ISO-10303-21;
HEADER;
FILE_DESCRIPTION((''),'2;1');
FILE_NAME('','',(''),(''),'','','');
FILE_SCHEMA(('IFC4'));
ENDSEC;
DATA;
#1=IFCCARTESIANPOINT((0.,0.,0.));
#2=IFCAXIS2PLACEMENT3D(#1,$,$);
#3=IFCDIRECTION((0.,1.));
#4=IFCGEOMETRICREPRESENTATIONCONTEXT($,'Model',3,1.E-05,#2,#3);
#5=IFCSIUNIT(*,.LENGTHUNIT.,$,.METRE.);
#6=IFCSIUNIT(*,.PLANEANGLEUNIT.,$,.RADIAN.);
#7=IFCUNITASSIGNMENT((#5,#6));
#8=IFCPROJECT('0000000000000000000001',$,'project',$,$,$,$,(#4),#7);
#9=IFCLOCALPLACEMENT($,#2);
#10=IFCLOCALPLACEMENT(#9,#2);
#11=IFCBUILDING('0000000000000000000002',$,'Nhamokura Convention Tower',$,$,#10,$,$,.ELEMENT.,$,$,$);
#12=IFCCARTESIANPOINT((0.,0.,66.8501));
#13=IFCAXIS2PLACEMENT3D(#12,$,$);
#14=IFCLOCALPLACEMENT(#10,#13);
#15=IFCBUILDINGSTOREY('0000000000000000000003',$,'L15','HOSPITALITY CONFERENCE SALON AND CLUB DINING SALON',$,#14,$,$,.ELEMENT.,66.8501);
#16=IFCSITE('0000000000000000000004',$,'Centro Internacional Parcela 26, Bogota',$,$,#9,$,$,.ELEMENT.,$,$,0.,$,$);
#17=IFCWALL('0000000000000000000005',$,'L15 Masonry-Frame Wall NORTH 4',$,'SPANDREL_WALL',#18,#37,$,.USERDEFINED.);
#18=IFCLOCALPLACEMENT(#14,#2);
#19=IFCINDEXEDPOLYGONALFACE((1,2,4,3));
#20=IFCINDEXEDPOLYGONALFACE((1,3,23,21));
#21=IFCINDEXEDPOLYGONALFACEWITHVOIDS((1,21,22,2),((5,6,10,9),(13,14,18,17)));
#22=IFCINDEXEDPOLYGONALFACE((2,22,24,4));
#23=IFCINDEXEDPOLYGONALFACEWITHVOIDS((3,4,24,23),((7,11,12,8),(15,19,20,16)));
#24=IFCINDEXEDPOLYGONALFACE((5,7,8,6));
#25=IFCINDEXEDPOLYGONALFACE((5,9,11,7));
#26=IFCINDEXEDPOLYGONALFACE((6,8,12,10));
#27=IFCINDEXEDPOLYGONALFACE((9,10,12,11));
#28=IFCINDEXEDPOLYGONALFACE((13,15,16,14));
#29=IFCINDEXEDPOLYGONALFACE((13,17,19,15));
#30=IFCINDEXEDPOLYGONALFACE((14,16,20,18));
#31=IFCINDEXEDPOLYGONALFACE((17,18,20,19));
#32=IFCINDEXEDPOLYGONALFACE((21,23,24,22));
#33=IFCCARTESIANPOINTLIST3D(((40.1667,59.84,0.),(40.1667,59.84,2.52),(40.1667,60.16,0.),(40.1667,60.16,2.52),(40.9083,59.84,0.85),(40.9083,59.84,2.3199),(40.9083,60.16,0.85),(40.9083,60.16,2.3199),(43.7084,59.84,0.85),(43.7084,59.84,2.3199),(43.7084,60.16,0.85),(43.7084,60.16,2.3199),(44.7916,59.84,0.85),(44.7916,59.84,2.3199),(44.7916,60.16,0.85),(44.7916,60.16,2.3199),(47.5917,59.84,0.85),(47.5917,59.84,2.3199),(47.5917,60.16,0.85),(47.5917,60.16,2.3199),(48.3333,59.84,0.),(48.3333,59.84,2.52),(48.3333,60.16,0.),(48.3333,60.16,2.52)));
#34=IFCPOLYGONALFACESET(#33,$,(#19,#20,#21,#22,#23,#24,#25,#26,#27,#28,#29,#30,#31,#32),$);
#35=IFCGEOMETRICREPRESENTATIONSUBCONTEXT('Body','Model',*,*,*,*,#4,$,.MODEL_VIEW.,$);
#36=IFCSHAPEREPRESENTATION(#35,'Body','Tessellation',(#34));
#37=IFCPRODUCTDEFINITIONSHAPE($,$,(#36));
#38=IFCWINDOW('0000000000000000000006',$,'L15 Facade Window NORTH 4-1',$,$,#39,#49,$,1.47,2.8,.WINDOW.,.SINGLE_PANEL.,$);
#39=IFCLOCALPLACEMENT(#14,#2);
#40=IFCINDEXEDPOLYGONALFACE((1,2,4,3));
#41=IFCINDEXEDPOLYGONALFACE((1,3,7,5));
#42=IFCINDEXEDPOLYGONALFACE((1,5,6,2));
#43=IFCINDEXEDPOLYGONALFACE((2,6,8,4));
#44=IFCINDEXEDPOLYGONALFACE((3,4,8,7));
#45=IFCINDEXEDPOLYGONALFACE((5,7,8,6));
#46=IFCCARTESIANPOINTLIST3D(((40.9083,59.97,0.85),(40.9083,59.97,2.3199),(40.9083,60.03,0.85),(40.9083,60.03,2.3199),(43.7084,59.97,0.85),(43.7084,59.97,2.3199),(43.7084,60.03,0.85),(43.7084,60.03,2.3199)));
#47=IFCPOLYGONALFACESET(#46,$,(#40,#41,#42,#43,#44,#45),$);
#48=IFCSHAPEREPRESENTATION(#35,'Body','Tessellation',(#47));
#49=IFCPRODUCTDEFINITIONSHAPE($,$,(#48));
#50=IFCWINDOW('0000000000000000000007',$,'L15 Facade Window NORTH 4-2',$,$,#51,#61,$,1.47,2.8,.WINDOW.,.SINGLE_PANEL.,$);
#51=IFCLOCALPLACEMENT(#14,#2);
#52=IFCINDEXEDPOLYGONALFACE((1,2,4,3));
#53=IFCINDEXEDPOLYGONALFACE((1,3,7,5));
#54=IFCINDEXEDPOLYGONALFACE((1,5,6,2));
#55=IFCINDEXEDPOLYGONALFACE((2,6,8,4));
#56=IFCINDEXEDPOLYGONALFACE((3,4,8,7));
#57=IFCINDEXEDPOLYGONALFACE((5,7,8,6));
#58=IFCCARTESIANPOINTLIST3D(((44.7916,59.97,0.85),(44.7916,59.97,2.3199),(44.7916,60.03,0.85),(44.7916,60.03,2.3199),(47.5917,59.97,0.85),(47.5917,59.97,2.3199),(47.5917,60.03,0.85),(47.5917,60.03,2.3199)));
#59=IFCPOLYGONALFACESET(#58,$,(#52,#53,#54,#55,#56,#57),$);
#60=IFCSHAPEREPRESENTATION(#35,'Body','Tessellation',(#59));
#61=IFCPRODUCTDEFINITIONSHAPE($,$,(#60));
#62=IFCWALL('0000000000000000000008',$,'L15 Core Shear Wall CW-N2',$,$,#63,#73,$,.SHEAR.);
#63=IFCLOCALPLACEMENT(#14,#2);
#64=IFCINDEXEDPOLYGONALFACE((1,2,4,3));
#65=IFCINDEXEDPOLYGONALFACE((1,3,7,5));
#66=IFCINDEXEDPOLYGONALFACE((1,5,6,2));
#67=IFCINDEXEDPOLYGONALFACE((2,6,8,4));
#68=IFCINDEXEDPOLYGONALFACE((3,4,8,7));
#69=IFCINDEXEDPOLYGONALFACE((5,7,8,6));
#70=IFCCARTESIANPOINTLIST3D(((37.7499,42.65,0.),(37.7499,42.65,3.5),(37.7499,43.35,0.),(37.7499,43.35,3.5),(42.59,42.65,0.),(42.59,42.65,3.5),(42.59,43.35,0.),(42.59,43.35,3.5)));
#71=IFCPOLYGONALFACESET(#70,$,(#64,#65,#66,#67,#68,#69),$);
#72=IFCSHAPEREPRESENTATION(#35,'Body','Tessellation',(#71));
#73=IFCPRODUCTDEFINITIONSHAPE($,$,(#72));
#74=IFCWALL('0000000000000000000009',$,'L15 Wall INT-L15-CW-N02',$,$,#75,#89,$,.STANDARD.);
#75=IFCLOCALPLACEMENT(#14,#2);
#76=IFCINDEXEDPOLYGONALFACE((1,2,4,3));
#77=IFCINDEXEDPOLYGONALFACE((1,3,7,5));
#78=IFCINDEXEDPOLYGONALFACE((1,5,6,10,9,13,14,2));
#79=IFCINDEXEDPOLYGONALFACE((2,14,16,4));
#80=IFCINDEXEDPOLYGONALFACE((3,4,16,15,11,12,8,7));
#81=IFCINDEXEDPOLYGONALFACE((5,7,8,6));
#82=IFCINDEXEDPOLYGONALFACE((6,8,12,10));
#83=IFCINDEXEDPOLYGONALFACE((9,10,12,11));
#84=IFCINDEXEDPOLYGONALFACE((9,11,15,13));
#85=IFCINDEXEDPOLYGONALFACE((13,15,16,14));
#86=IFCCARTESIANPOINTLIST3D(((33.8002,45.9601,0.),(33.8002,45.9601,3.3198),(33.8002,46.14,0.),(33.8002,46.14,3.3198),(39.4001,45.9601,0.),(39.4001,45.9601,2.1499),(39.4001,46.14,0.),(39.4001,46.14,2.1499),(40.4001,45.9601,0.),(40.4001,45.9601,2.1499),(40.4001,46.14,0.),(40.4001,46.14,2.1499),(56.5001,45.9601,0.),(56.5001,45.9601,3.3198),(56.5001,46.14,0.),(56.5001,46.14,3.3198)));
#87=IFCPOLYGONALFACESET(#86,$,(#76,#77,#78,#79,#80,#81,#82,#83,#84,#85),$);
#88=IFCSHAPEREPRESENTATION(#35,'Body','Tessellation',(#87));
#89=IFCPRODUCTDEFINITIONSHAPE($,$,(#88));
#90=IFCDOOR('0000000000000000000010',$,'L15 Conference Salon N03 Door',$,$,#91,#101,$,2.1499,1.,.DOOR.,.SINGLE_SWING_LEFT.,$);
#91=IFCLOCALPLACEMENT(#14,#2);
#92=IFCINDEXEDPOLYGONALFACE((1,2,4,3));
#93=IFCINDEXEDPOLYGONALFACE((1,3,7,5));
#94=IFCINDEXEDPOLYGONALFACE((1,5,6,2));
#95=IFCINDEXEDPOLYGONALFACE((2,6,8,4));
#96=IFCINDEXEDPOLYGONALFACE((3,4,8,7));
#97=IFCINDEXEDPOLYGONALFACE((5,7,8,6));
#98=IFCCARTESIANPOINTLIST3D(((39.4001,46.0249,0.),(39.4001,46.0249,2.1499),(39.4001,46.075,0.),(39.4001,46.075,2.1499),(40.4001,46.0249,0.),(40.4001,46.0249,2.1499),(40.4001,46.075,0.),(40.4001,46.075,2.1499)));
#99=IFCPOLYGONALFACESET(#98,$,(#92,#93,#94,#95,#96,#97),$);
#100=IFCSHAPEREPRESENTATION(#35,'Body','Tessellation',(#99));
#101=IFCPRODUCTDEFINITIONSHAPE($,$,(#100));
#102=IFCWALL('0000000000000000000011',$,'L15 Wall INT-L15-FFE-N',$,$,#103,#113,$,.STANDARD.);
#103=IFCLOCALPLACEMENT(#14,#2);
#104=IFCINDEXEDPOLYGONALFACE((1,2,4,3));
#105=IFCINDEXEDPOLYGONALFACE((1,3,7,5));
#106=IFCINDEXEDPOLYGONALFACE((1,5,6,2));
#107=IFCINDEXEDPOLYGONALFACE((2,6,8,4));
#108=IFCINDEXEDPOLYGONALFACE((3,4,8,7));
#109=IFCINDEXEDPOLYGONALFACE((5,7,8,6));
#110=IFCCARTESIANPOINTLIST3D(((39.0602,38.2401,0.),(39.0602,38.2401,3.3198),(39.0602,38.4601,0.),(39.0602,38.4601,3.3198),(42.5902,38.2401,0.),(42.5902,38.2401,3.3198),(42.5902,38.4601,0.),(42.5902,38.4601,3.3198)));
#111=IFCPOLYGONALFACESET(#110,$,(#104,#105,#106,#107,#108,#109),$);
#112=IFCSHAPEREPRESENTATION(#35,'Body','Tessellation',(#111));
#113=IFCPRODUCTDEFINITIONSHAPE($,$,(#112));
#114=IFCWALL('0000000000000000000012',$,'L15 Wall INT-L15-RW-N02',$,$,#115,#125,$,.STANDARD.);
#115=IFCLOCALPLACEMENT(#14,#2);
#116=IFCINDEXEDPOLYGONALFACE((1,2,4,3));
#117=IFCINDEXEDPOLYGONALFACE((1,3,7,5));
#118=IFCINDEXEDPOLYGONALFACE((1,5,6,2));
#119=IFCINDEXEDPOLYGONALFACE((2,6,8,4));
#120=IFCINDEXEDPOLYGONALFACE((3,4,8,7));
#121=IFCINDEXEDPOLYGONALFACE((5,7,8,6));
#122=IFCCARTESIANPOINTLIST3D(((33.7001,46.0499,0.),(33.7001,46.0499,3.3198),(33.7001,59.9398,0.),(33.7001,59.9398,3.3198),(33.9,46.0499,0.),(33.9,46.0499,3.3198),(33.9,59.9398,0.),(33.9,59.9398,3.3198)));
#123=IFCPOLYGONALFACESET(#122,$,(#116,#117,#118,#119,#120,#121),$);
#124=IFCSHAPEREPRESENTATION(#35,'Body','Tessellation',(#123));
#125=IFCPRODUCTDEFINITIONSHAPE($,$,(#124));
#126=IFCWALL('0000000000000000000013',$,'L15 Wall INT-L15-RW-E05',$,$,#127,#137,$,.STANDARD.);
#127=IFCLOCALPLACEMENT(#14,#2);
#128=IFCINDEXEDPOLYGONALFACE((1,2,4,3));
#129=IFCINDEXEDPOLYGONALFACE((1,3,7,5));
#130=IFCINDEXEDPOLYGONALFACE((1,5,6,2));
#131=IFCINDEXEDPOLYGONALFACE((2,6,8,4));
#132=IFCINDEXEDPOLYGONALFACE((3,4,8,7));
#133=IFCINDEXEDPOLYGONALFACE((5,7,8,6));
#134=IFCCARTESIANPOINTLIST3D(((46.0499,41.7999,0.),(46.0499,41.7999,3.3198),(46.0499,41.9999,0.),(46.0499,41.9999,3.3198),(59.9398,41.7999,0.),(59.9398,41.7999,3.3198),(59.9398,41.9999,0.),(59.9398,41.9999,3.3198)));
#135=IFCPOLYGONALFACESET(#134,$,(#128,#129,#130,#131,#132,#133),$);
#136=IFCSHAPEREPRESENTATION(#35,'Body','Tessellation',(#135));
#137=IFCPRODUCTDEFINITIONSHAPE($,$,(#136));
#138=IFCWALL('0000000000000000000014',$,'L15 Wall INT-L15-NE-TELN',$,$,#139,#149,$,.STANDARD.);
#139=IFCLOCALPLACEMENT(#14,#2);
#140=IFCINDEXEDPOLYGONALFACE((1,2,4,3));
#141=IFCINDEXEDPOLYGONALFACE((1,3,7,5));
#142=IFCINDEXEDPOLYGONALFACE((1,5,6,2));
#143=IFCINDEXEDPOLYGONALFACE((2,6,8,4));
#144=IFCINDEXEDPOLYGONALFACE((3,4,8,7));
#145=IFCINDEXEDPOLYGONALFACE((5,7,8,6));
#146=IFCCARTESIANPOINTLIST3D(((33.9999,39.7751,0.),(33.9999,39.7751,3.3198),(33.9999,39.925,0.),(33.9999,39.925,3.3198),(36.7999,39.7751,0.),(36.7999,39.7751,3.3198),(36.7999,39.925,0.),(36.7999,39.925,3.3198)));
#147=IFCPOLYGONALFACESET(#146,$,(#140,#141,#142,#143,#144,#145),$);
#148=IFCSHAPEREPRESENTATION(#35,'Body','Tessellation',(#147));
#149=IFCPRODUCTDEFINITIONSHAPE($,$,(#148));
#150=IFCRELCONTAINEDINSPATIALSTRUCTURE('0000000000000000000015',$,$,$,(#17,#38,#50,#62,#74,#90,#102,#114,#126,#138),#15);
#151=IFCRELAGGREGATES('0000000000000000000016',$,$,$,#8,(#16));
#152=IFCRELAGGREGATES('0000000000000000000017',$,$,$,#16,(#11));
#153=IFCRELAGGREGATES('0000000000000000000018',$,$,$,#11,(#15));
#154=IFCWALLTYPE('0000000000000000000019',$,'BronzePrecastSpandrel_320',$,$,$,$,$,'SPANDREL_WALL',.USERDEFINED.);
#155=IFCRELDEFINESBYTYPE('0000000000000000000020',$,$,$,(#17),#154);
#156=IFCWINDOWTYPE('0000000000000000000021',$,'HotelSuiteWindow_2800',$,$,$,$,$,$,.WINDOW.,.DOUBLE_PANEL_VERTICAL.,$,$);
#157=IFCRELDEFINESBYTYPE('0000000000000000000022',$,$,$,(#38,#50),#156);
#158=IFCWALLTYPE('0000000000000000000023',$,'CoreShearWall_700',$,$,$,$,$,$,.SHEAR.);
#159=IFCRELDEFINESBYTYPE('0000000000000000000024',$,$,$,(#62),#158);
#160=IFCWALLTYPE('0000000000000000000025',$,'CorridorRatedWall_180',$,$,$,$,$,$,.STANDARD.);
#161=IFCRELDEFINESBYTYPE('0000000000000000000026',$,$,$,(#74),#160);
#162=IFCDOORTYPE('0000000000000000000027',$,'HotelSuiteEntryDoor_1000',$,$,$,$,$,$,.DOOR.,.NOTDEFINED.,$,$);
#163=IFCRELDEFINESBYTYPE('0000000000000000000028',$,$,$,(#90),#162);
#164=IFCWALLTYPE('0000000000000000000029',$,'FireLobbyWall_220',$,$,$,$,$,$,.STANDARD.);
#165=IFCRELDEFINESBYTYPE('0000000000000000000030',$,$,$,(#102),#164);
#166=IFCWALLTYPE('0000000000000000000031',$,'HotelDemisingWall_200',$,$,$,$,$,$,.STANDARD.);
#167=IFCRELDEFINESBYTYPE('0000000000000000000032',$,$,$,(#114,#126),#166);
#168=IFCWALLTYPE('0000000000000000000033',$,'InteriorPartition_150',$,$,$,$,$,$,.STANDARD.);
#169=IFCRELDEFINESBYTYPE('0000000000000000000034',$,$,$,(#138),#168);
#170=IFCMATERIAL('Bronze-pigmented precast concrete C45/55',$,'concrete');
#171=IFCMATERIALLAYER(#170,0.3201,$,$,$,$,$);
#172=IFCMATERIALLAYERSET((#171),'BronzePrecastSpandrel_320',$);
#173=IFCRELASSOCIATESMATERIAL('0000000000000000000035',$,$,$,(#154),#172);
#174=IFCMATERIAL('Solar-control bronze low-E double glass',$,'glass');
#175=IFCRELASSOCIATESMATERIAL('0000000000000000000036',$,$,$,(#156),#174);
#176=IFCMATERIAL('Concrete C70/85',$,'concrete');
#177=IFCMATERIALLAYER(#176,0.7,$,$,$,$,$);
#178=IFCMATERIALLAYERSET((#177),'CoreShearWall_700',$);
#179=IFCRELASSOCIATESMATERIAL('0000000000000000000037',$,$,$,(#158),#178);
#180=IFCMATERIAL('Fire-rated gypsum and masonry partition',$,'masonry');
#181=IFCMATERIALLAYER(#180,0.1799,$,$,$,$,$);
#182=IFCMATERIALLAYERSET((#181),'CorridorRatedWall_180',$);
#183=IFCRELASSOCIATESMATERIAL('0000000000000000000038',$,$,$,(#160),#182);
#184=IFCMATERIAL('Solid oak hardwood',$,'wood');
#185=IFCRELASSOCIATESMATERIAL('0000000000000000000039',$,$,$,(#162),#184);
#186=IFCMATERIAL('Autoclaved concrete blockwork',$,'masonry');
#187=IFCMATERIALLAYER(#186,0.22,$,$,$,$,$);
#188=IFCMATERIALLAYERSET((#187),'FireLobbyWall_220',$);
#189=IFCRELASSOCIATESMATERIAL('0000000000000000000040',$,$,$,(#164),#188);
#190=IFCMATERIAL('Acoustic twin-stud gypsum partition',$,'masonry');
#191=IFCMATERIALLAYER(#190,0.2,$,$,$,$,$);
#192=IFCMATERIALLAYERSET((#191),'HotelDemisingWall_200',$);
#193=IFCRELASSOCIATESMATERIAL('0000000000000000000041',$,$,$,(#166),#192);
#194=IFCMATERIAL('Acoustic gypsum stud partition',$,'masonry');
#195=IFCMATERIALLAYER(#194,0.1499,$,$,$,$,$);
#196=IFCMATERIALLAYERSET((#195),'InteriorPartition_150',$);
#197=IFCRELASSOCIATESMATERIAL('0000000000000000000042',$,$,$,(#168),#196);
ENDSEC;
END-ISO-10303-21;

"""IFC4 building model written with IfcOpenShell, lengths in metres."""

from ifc_helpers import new_model, si_unit, direction, frame, frame_2d, origin, place, context, subcontext, project, spatial, rectangle, extrude, material, layer, layer_set, type_object, element, fill, save


model = new_model("IFC4")

# Units and contexts
model_context = context("Model", 3, precision=1e-05, world=origin(), true_north=direction((0.0, 1.0)))
body_context = subcontext(model_context, "Body", "Model", "MODEL_VIEW")
ifc_project = project(units=[si_unit("LENGTHUNIT", "METRE"), si_unit("PLANEANGLEUNIT", "RADIAN")], contexts=[model_context])

# Site, building, storey
site_placement = place(None, origin())
site = spatial("IfcSite", under=ifc_project, at=site_placement, Name="Centro Internacional Parcela 26, Bogota", CompositionType="ELEMENT", RefElevation=0.0)
building_placement = place(site_placement, origin())
building = spatial("IfcBuilding", under=site, at=building_placement, Name="Nhamokura Convention Tower", CompositionType="ELEMENT")
storey_placement = place(building_placement, frame((0.0, 0.0, 66.8501)))
storey = spatial("IfcBuildingStorey", under=building, at=storey_placement, Name="L15", Description="HOSPITALITY CONFERENCE SALON AND CLUB DINING SALON", CompositionType="ELEMENT", Elevation=66.8501)

# Wall, openings, windows
ifc_material_1 = material(Name="Bronze-pigmented precast concrete C45/55", Category="concrete")
ifc_layer_1 = layer(ifc_material_1, 0.3201)
ifc_layer_set_1 = layer_set([ifc_layer_1], Name="BronzePrecastSpandrel_320")
wall_type_1 = type_object("IfcWallType", Name="BronzePrecastSpandrel_320", ElementType="SPANDREL_WALL", PredefinedType="USERDEFINED", material=ifc_layer_set_1)
wall_1_placement = place(storey_placement, frame((40.1667, 60.0, 0.0), z_axis=(0.0, 0.0, 1.0), x_axis=(1.0, 0.0, 0.0)))
wall_1 = element("IfcWall", 1, at=wall_1_placement, inside=storey, type_object=wall_type_1, Name="L15 Masonry-Frame Wall NORTH 4", ObjectType="SPANDREL_WALL", PredefinedType="USERDEFINED", context=body_context, shape_type="SweptSolid", body=[
    extrude(rectangle(XDim=8.1665, YDim=0.3201, at=frame_2d((4.0833, 0.0))), origin(), (0.0, 0.0, 1.0), 2.52),
])
opening_1_placement = place(wall_1_placement, frame((0.7417, 0.0, 0.8501)))
opening_1 = element("IfcOpeningElement", 2, at=opening_1_placement, cuts=wall_1, PredefinedType="OPENING", context=body_context, shape_type="SweptSolid", body=[
    extrude(rectangle(XDim=2.8, YDim=1.47, at=frame_2d((1.3999, 0.7349))), frame((0.0, 0.1699, 0.0), z_axis=(0.0, -1.0, 0.0), x_axis=(1.0, 0.0, 0.0)), (0.0, 0.0, 1.0), 0.3401),
])
opening_2_placement = place(wall_1_placement, frame((4.625, 0.0, 0.8501)))
opening_2 = element("IfcOpeningElement", 3, at=opening_2_placement, cuts=wall_1, PredefinedType="OPENING", context=body_context, shape_type="SweptSolid", body=[
    extrude(rectangle(XDim=2.8, YDim=1.47, at=frame_2d((1.3999, 0.7349))), frame((0.0, 0.1699, 0.0), z_axis=(0.0, -1.0, 0.0), x_axis=(1.0, 0.0, 0.0)), (0.0, 0.0, 1.0), 0.3401),
])
ifc_material_2 = material(Name="Solar-control bronze low-E double glass", Category="glass")
window_type = type_object("IfcWindowType", Name="HotelSuiteWindow_2800", PartitioningType="DOUBLE_PANEL_VERTICAL", PredefinedType="WINDOW", material=ifc_material_2)
window_1_placement = place(opening_1_placement, origin())
window_1 = element("IfcWindow", 4, at=window_1_placement, inside=storey, type_object=window_type, Name="L15 Facade Window NORTH 4-1", OverallHeight=1.47, OverallWidth=2.8, PartitioningType="SINGLE_PANEL", PredefinedType="WINDOW", context=body_context, shape_type="SweptSolid", body=[
    extrude(rectangle(XDim=2.8, YDim=1.47, at=frame_2d((1.3999, 0.7349))), frame((0.0, 0.03, 0.0), z_axis=(0.0, -1.0, 0.0), x_axis=(1.0, 0.0, 0.0)), (0.0, 0.0, 1.0), 0.0601),
])
fill(opening_1, window_1)
window_2_placement = place(opening_2_placement, origin())
window_2 = element("IfcWindow", 5, at=window_2_placement, inside=storey, type_object=window_type, Name="L15 Facade Window NORTH 4-2", OverallHeight=1.47, OverallWidth=2.8, PartitioningType="SINGLE_PANEL", PredefinedType="WINDOW", context=body_context, shape_type="SweptSolid", body=[
    extrude(rectangle(XDim=2.8, YDim=1.47, at=frame_2d((1.3999, 0.7349))), frame((0.0, 0.03, 0.0), z_axis=(0.0, -1.0, 0.0), x_axis=(1.0, 0.0, 0.0)), (0.0, 0.0, 1.0), 0.0601),
])
fill(opening_2, window_2)

# Wall
ifc_material_3 = material(Name="Concrete C70/85", Category="concrete")
ifc_layer_2 = layer(ifc_material_3, 0.7)
ifc_layer_set_2 = layer_set([ifc_layer_2], Name="CoreShearWall_700")
wall_type_2 = type_object("IfcWallType", Name="CoreShearWall_700", PredefinedType="SHEAR", material=ifc_layer_set_2)
wall_2_placement = place(storey_placement, frame((37.75, 43.0, 0.0), z_axis=(0.0, 0.0, 1.0), x_axis=(1.0, 0.0, 0.0)))
element("IfcWall", 6, at=wall_2_placement, inside=storey, type_object=wall_type_2, Name="L15 Core Shear Wall CW-N2", PredefinedType="SHEAR", context=body_context, shape_type="SweptSolid", body=[
    extrude(rectangle(XDim=4.8401, YDim=0.7, at=frame_2d((2.4199, 0.0))), origin(), (0.0, 0.0, 1.0), 3.5),
])

# Wall, opening, door
ifc_material_4 = material(Name="Fire-rated gypsum and masonry partition", Category="masonry")
ifc_layer_3 = layer(ifc_material_4, 0.1799)
ifc_layer_set_3 = layer_set([ifc_layer_3], Name="CorridorRatedWall_180")
wall_type_3 = type_object("IfcWallType", Name="CorridorRatedWall_180", PredefinedType="STANDARD", material=ifc_layer_set_3)
wall_3_placement = place(storey_placement, frame((33.8, 46.05, 0.0), z_axis=(0.0, 0.0, 1.0), x_axis=(1.0, 0.0, 0.0)))
wall_3 = element("IfcWall", 7, at=wall_3_placement, inside=storey, type_object=wall_type_3, Name="L15 Wall INT-L15-CW-N02", PredefinedType="STANDARD", context=body_context, shape_type="SweptSolid", body=[
    extrude(rectangle(XDim=22.7, YDim=0.1799, at=frame_2d((11.3501, 0.0))), origin(), (0.0, 0.0, 1.0), 3.3198),
])
opening_3_placement = place(wall_3_placement, frame((5.6001, 0.0, 0.0)))
opening_3 = element("IfcOpeningElement", 8, at=opening_3_placement, cuts=wall_3, PredefinedType="OPENING", context=body_context, shape_type="SweptSolid", body=[
    extrude(rectangle(XDim=1.0, YDim=2.1499, at=frame_2d((0.5, 1.075))), frame((0.0, 0.0999, 0.0), z_axis=(0.0, -1.0, 0.0), x_axis=(1.0, 0.0, 0.0)), (0.0, 0.0, 1.0), 0.2),
])
ifc_material_5 = material(Name="Solid oak hardwood", Category="wood")
door_type = type_object("IfcDoorType", Name="HotelSuiteEntryDoor_1000", OperationType="NOTDEFINED", PredefinedType="DOOR", material=ifc_material_5)
door_1_placement = place(opening_3_placement, origin())
door_1 = element("IfcDoor", 9, at=door_1_placement, inside=storey, type_object=door_type, Name="L15 Conference Salon N03 Door", OperationType="SINGLE_SWING_LEFT", OverallHeight=2.1499, OverallWidth=1.0, PredefinedType="DOOR", context=body_context, shape_type="SweptSolid", body=[
    extrude(rectangle(XDim=1.0, YDim=2.1499, at=frame_2d((0.5, 1.075))), frame((0.0, 0.0249, 0.0), z_axis=(0.0, -1.0, 0.0), x_axis=(1.0, 0.0, 0.0)), (0.0, 0.0, 1.0), 0.05),
])
fill(opening_3, door_1)

# Walls
ifc_material_6 = material(Name="Autoclaved concrete blockwork", Category="masonry")
ifc_layer_4 = layer(ifc_material_6, 0.22)
ifc_layer_set_4 = layer_set([ifc_layer_4], Name="FireLobbyWall_220")
wall_type_4 = type_object("IfcWallType", Name="FireLobbyWall_220", PredefinedType="STANDARD", material=ifc_layer_set_4)
wall_4_placement = place(storey_placement, frame((39.0601, 38.3501, 0.0), z_axis=(0.0, 0.0, 1.0), x_axis=(1.0, 0.0, 0.0)))
element("IfcWall", 10, at=wall_4_placement, inside=storey, type_object=wall_type_4, Name="L15 Wall INT-L15-FFE-N", PredefinedType="STANDARD", context=body_context, shape_type="SweptSolid", body=[
    extrude(rectangle(XDim=3.53, YDim=0.22, at=frame_2d((1.7651, 0.0))), origin(), (0.0, 0.0, 1.0), 3.3198),
])
ifc_material_7 = material(Name="Acoustic twin-stud gypsum partition", Category="masonry")
ifc_layer_5 = layer(ifc_material_7, 0.2)
ifc_layer_set_5 = layer_set([ifc_layer_5], Name="HotelDemisingWall_200")
wall_type_5 = type_object("IfcWallType", Name="HotelDemisingWall_200", PredefinedType="STANDARD", material=ifc_layer_set_5)
for number, where, z_axis, x_axis, name in (
    (11, (33.8, 46.05, 0.0), (0.0, 0.0, 1.0), (0.0, 1.0, 0.0), "L15 Wall INT-L15-RW-N02"),
    (12, (46.05, 41.8999, 0.0), (0.0, 0.0, 1.0), (1.0, 0.0, 0.0), "L15 Wall INT-L15-RW-E05"),
):
    element("IfcWall", number, at=place(storey_placement, frame(where, z_axis=z_axis, x_axis=x_axis)), inside=storey, type_object=wall_type_5, Name=name, PredefinedType="STANDARD", context=body_context, shape_type="SweptSolid", body=[
        extrude(rectangle(XDim=13.8899, YDim=0.2, at=frame_2d((6.9448, 0.0))), origin(), (0.0, 0.0, 1.0), 3.3198),
    ])
ifc_material_8 = material(Name="Acoustic gypsum stud partition", Category="masonry")
ifc_layer_6 = layer(ifc_material_8, 0.1499)
ifc_layer_set_6 = layer_set([ifc_layer_6], Name="InteriorPartition_150")
wall_type_6 = type_object("IfcWallType", Name="InteriorPartition_150", PredefinedType="STANDARD", material=ifc_layer_set_6)
wall_5_placement = place(storey_placement, frame((34.0, 39.8501, 0.0), z_axis=(0.0, 0.0, 1.0), x_axis=(1.0, 0.0, 0.0)))
element("IfcWall", 13, at=wall_5_placement, inside=storey, type_object=wall_type_6, Name="L15 Wall INT-L15-NE-TELN", PredefinedType="STANDARD", context=body_context, shape_type="SweptSolid", body=[
    extrude(rectangle(XDim=2.8, YDim=0.1499, at=frame_2d((1.3999, 0.0))), origin(), (0.0, 0.0, 1.0), 3.3198),
])

save(model, "model.ifc")
